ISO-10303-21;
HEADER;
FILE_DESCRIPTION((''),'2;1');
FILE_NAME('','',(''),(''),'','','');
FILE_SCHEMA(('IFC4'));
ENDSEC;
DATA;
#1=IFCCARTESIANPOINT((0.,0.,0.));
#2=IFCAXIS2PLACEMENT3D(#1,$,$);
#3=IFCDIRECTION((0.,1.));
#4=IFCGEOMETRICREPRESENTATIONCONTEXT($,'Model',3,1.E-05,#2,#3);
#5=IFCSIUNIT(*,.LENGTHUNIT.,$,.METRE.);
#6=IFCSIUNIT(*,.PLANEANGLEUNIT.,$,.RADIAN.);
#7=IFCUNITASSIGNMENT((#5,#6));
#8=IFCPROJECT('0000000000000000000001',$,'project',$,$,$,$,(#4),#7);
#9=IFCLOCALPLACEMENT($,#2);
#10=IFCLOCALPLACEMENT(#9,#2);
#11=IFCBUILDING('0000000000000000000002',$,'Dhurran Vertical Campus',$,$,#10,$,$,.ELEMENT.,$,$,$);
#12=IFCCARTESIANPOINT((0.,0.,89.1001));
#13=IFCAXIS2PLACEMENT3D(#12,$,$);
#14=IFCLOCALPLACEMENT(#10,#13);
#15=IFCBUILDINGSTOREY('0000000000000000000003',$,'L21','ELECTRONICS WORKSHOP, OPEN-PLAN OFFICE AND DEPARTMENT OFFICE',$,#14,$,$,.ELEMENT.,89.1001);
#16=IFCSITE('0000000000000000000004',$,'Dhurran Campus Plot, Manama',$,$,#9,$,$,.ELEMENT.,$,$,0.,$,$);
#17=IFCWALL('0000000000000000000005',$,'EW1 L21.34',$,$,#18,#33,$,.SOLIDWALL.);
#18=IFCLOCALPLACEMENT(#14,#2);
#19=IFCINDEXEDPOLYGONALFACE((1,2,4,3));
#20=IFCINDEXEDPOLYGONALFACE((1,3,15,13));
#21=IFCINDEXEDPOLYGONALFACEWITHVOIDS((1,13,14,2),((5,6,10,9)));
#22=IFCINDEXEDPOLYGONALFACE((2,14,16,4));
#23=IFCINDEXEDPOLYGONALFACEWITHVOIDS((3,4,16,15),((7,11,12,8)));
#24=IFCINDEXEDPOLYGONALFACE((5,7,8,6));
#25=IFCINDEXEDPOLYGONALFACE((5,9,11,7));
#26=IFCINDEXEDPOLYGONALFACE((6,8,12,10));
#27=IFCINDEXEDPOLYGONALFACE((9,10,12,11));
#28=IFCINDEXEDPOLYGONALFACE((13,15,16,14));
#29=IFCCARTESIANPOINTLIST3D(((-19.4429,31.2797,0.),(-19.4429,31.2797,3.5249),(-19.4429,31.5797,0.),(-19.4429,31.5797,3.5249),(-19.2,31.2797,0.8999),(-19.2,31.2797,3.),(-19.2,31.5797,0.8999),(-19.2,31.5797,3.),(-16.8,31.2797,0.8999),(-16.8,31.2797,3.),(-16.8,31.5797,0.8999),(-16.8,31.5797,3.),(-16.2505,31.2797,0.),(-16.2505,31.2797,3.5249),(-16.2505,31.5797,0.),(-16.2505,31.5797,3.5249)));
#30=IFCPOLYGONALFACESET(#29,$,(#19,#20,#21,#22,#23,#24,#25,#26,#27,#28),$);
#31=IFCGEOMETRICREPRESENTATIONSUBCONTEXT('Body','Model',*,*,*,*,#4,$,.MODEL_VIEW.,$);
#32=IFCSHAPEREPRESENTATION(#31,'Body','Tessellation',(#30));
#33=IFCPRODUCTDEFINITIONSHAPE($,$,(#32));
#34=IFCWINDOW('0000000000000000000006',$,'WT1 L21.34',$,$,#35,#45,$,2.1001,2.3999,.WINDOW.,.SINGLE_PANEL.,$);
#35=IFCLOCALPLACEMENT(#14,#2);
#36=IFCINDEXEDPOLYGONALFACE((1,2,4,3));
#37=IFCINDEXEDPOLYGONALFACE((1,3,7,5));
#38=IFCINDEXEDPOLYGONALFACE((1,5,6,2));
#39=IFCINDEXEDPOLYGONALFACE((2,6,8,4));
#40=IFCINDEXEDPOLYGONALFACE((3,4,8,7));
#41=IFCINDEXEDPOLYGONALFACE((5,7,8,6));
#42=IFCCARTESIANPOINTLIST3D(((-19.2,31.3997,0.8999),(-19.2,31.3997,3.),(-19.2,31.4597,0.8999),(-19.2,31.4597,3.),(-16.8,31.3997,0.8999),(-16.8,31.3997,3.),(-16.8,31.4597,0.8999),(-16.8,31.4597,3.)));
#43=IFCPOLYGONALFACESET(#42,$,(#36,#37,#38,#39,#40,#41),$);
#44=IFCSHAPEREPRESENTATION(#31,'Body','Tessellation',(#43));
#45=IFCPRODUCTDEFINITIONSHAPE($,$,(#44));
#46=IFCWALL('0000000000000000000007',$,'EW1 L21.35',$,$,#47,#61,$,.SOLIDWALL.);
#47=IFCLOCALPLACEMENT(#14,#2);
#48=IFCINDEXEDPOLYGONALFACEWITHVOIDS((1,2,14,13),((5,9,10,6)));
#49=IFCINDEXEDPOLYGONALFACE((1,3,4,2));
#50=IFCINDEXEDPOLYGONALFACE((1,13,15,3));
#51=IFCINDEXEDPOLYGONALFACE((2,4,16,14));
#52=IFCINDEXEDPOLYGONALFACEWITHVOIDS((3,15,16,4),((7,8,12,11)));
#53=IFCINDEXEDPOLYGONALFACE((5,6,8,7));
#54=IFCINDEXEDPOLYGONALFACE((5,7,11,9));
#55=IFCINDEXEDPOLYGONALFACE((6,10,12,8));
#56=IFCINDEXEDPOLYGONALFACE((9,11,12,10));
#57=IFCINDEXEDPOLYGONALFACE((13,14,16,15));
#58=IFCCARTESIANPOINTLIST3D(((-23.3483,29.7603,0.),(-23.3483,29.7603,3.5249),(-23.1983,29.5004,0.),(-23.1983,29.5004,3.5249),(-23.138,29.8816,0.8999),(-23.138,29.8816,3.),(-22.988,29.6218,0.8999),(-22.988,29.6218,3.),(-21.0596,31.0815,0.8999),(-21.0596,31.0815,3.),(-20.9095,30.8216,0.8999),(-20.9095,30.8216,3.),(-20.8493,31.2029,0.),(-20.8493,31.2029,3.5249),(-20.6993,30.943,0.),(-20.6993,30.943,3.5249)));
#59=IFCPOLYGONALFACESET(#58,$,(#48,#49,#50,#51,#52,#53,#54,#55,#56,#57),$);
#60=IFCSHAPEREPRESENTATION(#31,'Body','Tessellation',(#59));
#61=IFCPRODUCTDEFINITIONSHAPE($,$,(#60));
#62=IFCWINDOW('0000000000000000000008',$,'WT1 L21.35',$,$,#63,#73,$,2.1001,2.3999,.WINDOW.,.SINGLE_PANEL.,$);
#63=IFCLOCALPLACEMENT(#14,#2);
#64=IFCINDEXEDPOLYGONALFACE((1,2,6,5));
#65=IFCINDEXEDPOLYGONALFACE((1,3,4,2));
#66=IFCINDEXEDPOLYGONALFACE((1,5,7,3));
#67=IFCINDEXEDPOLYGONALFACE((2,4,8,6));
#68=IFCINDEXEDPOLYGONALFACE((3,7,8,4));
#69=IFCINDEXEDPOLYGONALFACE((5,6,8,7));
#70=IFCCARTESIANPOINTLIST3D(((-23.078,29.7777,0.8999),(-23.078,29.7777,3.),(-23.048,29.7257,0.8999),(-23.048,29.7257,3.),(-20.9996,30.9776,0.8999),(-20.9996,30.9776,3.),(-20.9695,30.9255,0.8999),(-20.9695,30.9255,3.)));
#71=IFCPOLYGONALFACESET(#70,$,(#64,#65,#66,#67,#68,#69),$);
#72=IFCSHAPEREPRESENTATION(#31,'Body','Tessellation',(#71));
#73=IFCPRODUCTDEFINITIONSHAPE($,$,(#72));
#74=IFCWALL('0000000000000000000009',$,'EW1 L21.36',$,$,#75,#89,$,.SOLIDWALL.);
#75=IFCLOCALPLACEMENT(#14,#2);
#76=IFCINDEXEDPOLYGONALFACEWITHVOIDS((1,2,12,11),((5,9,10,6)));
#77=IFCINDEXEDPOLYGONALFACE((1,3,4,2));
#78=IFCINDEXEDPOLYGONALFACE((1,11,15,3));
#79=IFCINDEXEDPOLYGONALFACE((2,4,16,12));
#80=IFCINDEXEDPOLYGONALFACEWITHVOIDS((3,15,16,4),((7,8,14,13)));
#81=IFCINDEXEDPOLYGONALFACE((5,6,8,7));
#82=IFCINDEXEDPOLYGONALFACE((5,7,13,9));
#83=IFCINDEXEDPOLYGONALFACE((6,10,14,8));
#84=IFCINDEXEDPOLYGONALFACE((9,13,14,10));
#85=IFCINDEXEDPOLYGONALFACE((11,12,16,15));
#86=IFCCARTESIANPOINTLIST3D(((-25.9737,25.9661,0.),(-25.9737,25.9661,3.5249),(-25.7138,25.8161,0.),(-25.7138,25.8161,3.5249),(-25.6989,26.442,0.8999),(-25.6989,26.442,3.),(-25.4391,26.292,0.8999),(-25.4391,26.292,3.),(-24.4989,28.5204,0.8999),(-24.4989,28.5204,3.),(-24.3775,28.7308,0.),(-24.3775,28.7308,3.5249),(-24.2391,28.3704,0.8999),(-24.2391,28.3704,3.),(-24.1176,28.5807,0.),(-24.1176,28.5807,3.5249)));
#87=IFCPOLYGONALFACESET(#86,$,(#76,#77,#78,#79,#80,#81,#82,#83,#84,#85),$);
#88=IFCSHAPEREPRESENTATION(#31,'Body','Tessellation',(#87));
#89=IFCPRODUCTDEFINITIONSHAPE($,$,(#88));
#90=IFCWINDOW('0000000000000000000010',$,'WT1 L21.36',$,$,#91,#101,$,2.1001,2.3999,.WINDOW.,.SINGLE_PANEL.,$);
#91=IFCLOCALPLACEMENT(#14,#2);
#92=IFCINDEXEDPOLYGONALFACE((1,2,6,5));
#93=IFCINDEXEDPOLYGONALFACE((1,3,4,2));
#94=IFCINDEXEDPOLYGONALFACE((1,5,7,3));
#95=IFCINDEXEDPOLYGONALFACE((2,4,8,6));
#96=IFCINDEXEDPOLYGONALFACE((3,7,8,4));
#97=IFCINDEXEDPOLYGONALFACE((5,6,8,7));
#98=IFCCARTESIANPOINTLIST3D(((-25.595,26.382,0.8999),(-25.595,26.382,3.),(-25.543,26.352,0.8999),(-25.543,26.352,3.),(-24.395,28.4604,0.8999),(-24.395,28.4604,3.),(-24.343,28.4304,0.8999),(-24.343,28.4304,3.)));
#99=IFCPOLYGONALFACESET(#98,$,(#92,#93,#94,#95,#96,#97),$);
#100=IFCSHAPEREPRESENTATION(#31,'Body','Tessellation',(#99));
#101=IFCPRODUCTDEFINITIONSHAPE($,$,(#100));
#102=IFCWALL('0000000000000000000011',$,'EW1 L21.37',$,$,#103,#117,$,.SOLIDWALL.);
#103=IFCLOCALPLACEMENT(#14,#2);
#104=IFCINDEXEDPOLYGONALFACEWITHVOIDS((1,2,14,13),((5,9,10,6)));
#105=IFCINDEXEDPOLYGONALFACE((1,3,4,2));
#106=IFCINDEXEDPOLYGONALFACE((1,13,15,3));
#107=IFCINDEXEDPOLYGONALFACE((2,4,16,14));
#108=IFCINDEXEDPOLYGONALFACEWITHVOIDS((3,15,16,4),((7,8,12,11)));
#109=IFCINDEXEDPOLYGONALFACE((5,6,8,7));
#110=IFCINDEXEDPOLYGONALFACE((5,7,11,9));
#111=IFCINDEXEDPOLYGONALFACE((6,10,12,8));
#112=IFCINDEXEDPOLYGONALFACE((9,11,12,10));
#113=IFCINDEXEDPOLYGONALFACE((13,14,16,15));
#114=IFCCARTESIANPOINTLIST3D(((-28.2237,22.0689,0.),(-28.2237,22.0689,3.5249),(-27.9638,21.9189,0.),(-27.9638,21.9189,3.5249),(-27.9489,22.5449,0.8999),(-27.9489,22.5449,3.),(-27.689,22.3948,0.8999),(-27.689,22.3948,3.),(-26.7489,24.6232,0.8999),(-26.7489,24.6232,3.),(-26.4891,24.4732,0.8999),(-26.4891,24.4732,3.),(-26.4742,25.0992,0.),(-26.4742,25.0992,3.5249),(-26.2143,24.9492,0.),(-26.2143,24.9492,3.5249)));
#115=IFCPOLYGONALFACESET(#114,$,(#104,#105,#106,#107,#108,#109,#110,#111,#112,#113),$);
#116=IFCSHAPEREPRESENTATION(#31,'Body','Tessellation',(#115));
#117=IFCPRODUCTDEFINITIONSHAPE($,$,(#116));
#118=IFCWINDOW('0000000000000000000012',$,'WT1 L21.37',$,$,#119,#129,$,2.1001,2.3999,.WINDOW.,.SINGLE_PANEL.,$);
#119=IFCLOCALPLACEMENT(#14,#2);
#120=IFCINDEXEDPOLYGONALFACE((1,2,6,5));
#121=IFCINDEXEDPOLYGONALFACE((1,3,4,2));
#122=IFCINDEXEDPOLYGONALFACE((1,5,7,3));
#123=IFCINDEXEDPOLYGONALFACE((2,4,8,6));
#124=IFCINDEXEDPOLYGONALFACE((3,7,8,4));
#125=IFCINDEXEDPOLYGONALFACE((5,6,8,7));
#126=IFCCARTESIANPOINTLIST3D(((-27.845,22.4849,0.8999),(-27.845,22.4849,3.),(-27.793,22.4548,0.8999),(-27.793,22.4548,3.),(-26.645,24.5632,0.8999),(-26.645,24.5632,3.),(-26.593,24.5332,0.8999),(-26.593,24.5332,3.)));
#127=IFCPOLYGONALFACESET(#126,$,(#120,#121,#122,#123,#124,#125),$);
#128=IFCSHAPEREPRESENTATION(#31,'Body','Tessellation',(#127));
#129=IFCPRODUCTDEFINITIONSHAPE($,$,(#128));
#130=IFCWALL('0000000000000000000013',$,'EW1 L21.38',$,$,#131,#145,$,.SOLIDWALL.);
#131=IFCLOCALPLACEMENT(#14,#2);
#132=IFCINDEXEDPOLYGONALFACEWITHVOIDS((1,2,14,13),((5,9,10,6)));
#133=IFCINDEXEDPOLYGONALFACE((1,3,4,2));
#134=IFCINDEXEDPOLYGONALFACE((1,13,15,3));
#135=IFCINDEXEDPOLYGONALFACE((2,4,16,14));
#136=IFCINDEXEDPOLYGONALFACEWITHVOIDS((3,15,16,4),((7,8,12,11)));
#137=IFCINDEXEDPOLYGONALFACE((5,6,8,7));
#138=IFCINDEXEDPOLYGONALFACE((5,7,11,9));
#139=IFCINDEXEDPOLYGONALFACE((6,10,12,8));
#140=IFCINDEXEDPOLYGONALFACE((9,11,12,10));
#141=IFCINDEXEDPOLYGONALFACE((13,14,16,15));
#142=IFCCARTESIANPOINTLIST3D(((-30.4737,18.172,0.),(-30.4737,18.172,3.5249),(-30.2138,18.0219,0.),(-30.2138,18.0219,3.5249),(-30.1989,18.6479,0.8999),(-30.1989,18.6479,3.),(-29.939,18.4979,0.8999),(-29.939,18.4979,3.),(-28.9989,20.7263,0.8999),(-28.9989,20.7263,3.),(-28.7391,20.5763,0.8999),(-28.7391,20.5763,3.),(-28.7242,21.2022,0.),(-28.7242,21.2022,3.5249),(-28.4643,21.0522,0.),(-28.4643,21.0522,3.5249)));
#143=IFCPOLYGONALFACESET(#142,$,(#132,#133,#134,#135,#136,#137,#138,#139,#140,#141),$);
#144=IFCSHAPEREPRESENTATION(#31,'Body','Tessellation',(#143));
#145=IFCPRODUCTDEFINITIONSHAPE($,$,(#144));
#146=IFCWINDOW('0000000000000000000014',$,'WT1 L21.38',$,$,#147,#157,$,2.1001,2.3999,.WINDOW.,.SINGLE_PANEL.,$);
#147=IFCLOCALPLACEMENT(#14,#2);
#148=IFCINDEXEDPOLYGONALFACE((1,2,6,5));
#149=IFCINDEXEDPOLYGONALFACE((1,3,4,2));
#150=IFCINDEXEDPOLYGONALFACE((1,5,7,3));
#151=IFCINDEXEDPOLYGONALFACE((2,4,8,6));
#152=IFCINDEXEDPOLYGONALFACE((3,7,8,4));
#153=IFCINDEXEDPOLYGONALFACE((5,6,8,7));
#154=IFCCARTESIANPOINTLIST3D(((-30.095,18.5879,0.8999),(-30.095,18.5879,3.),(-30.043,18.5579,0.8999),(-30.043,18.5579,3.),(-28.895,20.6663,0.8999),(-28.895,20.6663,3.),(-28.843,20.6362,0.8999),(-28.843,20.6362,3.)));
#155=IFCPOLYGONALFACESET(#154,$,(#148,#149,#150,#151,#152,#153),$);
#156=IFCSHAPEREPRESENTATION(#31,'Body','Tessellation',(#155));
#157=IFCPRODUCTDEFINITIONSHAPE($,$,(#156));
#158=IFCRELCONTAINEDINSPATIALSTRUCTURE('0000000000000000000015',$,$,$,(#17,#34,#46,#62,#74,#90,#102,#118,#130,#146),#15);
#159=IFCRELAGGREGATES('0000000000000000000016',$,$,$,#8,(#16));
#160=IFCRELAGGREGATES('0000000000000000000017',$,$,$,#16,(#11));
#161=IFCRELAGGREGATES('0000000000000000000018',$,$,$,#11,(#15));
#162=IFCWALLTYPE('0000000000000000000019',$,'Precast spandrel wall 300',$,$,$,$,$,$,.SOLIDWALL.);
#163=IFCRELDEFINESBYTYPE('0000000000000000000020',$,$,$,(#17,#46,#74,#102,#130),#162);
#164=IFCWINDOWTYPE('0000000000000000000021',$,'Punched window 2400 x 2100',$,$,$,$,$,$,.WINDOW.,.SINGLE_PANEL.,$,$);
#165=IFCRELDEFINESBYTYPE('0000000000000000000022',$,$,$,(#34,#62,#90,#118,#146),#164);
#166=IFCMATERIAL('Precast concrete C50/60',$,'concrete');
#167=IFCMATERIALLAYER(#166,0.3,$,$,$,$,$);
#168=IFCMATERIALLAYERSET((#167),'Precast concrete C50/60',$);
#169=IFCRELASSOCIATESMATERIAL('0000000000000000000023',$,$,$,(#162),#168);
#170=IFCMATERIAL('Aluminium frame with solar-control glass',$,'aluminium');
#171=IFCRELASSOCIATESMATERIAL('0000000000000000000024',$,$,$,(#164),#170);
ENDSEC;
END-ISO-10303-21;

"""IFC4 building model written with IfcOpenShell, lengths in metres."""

from ifc_helpers import new_model, si_unit, direction, frame, frame_2d, origin, place, context, subcontext, project, spatial, rectangle, extrude, material, layer, layer_set, type_object, element, fill, save


model = new_model("IFC4")

# Units and contexts
model_context = context("Model", 3, precision=1e-05, world=origin(), true_north=direction((0.0, 1.0)))
body_context = subcontext(model_context, "Body", "Model", "MODEL_VIEW")
ifc_project = project(units=[si_unit("LENGTHUNIT", "METRE"), si_unit("PLANEANGLEUNIT", "RADIAN")], contexts=[model_context])

# Site, building, storey
site_placement = place(None, origin())
site = spatial("IfcSite", under=ifc_project, at=site_placement, Name="Dhurran Campus Plot, Manama", CompositionType="ELEMENT", RefElevation=0.0)
building_placement = place(site_placement, origin())
building = spatial("IfcBuilding", under=site, at=building_placement, Name="Dhurran Vertical Campus", CompositionType="ELEMENT")
storey_placement = place(building_placement, frame((0.0, 0.0, 89.1001)))
storey = spatial("IfcBuildingStorey", under=building, at=storey_placement, Name="L21", Description="ELECTRONICS WORKSHOP, OPEN-PLAN OFFICE AND DEPARTMENT OFFICE", CompositionType="ELEMENT", Elevation=89.1001)

# Walls, openings, windows
ifc_material_1 = material(Name="Precast concrete C50/60", Category="concrete")
ifc_layer_1 = layer(ifc_material_1, 0.3)
ifc_layer_set_1 = layer_set([ifc_layer_1], Name="Precast concrete C50/60")
wall_type_1 = type_object("IfcWallType", Name="Precast spandrel wall 300", PredefinedType="SOLIDWALL", material=ifc_layer_set_1)
wall_1_placement = place(storey_placement, frame((-16.2505, 31.4297, 0.0), z_axis=(0.0, 0.0, 1.0), x_axis=(-1.0, 0.0, 0.0)))
wall_1 = element("IfcWall", 1, at=wall_1_placement, inside=storey, type_object=wall_type_1, Name="EW1 L21.34", PredefinedType="SOLIDWALL", context=body_context, shape_type="SweptSolid", body=[
    extrude(rectangle(XDim=3.1924, YDim=0.3, at=frame_2d((1.5962, 0.0))), origin(), (0.0, 0.0, 1.0), 3.5249),
])
opening_1_placement = place(wall_1_placement, frame((0.5496, 0.0, 0.8999)))
opening_1 = element("IfcOpeningElement", 2, at=opening_1_placement, cuts=wall_1, PredefinedType="OPENING", context=body_context, shape_type="SweptSolid", body=[
    extrude(rectangle(XDim=2.3999, YDim=2.1001, at=frame_2d((1.2, 1.05))), frame((0.0, 0.1599, 0.0), z_axis=(0.0, -1.0, 0.0), x_axis=(1.0, 0.0, 0.0)), (0.0, 0.0, 1.0), 0.3201),
])
ifc_material_2 = material(Name="Aluminium frame with solar-control glass", Category="aluminium")
window_type = type_object("IfcWindowType", Name="Punched window 2400 x 2100", PartitioningType="SINGLE_PANEL", PredefinedType="WINDOW", material=ifc_material_2)
window_1_placement = place(opening_1_placement, origin())
window_1 = element("IfcWindow", 3, at=window_1_placement, inside=storey, type_object=window_type, Name="WT1 L21.34", OverallHeight=2.1001, OverallWidth=2.3999, PartitioningType="SINGLE_PANEL", PredefinedType="WINDOW", context=body_context, shape_type="SweptSolid", body=[
    extrude(rectangle(XDim=2.3999, YDim=2.1001, at=frame_2d((1.2, 1.05))), frame((0.0, 0.03, 0.0), z_axis=(0.0, -1.0, 0.0), x_axis=(1.0, 0.0, 0.0)), (0.0, 0.0, 1.0), 0.0601),
])
fill(opening_1, window_1)
wall_2_placement = place(storey_placement, frame((-20.7742, 31.073, 0.0), z_axis=(0.0, 0.0, 1.0), x_axis=(-0.866053, -0.499952, 0.0)))
wall_2 = element("IfcWall", 4, at=wall_2_placement, inside=storey, type_object=wall_type_1, Name="EW1 L21.35", PredefinedType="SOLIDWALL", context=body_context, shape_type="SweptSolid", body=[
    extrude(rectangle(XDim=2.8855, YDim=0.3, at=frame_2d((1.4429, 0.0))), origin(), (0.0, 0.0, 1.0), 3.5249),
])
opening_2_placement = place(wall_2_placement, frame((0.2429, 0.0, 0.8999)))
opening_2 = element("IfcOpeningElement", 5, at=opening_2_placement, cuts=wall_2, PredefinedType="OPENING", context=body_context, shape_type="SweptSolid", body=[
    extrude(rectangle(XDim=2.3999, YDim=2.1001, at=frame_2d((1.2, 1.05))), frame((0.0, 0.1599, 0.0), z_axis=(0.0, -1.0, 0.0), x_axis=(1.0, 0.0, 0.0)), (0.0, 0.0, 1.0), 0.3201),
])
window_2_placement = place(opening_2_placement, origin())
window_2 = element("IfcWindow", 6, at=window_2_placement, inside=storey, type_object=window_type, Name="WT1 L21.35", OverallHeight=2.1001, OverallWidth=2.3999, PartitioningType="SINGLE_PANEL", PredefinedType="WINDOW", context=body_context, shape_type="SweptSolid", body=[
    extrude(rectangle(XDim=2.3999, YDim=2.1001, at=frame_2d((1.2, 1.05))), frame((0.0, 0.03, 0.0), z_axis=(0.0, -1.0, 0.0), x_axis=(1.0, 0.0, 0.0)), (0.0, 0.0, 1.0), 0.0601),
])
fill(opening_2, window_2)
wall_3_placement = place(storey_placement, frame((-24.2476, 28.6558, 0.0), z_axis=(0.0, 0.0, 1.0), x_axis=(-0.500005, -0.866023, 0.0)))
wall_3 = element("IfcWall", 7, at=wall_3_placement, inside=storey, type_object=wall_type_1, Name="EW1 L21.36", PredefinedType="SOLIDWALL", context=body_context, shape_type="SweptSolid", body=[
    extrude(rectangle(XDim=3.1924, YDim=0.3, at=frame_2d((1.5962, 0.0))), origin(), (0.0, 0.0, 1.0), 3.5249),
])
opening_3_placement = place(wall_3_placement, frame((0.2429, 0.0, 0.8999)))
opening_3 = element("IfcOpeningElement", 8, at=opening_3_placement, cuts=wall_3, PredefinedType="OPENING", context=body_context, shape_type="SweptSolid", body=[
    extrude(rectangle(XDim=2.3999, YDim=2.1001, at=frame_2d((1.2, 1.05))), frame((0.0, 0.1599, 0.0), z_axis=(0.0, -1.0, 0.0), x_axis=(1.0, 0.0, 0.0)), (0.0, 0.0, 1.0), 0.3201),
])
window_3_placement = place(opening_3_placement, origin())
window_3 = element("IfcWindow", 9, at=window_3_placement, inside=storey, type_object=window_type, Name="WT1 L21.36", OverallHeight=2.1001, OverallWidth=2.3999, PartitioningType="SINGLE_PANEL", PredefinedType="WINDOW", context=body_context, shape_type="SweptSolid", body=[
    extrude(rectangle(XDim=2.3999, YDim=2.1001, at=frame_2d((1.2, 1.05))), frame((0.0, 0.03, 0.0), z_axis=(0.0, -1.0, 0.0), x_axis=(1.0, 0.0, 0.0)), (0.0, 0.0, 1.0), 0.0601),
])
fill(opening_3, window_3)
wall_4_placement = place(storey_placement, frame((-26.3442, 25.0242, 0.0), z_axis=(0.0, 0.0, 1.0), x_axis=(-0.499996, -0.866028, 0.0)))
wall_4 = element("IfcWall", 10, at=wall_4_placement, inside=storey, type_object=wall_type_1, Name="EW1 L21.37", PredefinedType="SOLIDWALL", context=body_context, shape_type="SweptSolid", body=[
    extrude(rectangle(XDim=3.499, YDim=0.3, at=frame_2d((1.7495, 0.0))), origin(), (0.0, 0.0, 1.0), 3.5249),
])
opening_4_placement = place(wall_4_placement, frame((0.5496, 0.0, 0.8999)))
opening_4 = element("IfcOpeningElement", 11, at=opening_4_placement, cuts=wall_4, PredefinedType="OPENING", context=body_context, shape_type="SweptSolid", body=[
    extrude(rectangle(XDim=2.3999, YDim=2.1001, at=frame_2d((1.2, 1.05))), frame((0.0, 0.1599, 0.0), z_axis=(0.0, -1.0, 0.0), x_axis=(1.0, 0.0, 0.0)), (0.0, 0.0, 1.0), 0.3201),
])
window_4_placement = place(opening_4_placement, origin())
window_4 = element("IfcWindow", 12, at=window_4_placement, inside=storey, type_object=window_type, Name="WT1 L21.37", OverallHeight=2.1001, OverallWidth=2.3999, PartitioningType="SINGLE_PANEL", PredefinedType="WINDOW", context=body_context, shape_type="SweptSolid", body=[
    extrude(rectangle(XDim=2.3999, YDim=2.1001, at=frame_2d((1.2, 1.05))), frame((0.0, 0.03, 0.0), z_axis=(0.0, -1.0, 0.0), x_axis=(1.0, 0.0, 0.0)), (0.0, 0.0, 1.0), 0.0601),
])
fill(opening_4, window_4)
wall_5_placement = place(storey_placement, frame((-28.5942, 21.1272, 0.0), z_axis=(0.0, 0.0, 1.0), x_axis=(-0.499996, -0.866028, 0.0)))
wall_5 = element("IfcWall", 13, at=wall_5_placement, inside=storey, type_object=wall_type_1, Name="EW1 L21.38", PredefinedType="SOLIDWALL", context=body_context, shape_type="SweptSolid", body=[
    extrude(rectangle(XDim=3.499, YDim=0.3, at=frame_2d((1.7495, 0.0))), origin(), (0.0, 0.0, 1.0), 3.5249),
])
opening_5_placement = place(wall_5_placement, frame((0.5496, 0.0, 0.8999)))
opening_5 = element("IfcOpeningElement", 14, at=opening_5_placement, cuts=wall_5, PredefinedType="OPENING", context=body_context, shape_type="SweptSolid", body=[
    extrude(rectangle(XDim=2.3999, YDim=2.1001, at=frame_2d((1.2, 1.05))), frame((0.0, 0.1599, 0.0), z_axis=(0.0, -1.0, 0.0), x_axis=(1.0, 0.0, 0.0)), (0.0, 0.0, 1.0), 0.3201),
])
window_5_placement = place(opening_5_placement, origin())
window_5 = element("IfcWindow", 15, at=window_5_placement, inside=storey, type_object=window_type, Name="WT1 L21.38", OverallHeight=2.1001, OverallWidth=2.3999, PartitioningType="SINGLE_PANEL", PredefinedType="WINDOW", context=body_context, shape_type="SweptSolid", body=[
    extrude(rectangle(XDim=2.3999, YDim=2.1001, at=frame_2d((1.2, 1.05))), frame((0.0, 0.03, 0.0), z_axis=(0.0, -1.0, 0.0), x_axis=(1.0, 0.0, 0.0)), (0.0, 0.0, 1.0), 0.0601),
])
fill(opening_5, window_5)

save(model, "model.ifc")
